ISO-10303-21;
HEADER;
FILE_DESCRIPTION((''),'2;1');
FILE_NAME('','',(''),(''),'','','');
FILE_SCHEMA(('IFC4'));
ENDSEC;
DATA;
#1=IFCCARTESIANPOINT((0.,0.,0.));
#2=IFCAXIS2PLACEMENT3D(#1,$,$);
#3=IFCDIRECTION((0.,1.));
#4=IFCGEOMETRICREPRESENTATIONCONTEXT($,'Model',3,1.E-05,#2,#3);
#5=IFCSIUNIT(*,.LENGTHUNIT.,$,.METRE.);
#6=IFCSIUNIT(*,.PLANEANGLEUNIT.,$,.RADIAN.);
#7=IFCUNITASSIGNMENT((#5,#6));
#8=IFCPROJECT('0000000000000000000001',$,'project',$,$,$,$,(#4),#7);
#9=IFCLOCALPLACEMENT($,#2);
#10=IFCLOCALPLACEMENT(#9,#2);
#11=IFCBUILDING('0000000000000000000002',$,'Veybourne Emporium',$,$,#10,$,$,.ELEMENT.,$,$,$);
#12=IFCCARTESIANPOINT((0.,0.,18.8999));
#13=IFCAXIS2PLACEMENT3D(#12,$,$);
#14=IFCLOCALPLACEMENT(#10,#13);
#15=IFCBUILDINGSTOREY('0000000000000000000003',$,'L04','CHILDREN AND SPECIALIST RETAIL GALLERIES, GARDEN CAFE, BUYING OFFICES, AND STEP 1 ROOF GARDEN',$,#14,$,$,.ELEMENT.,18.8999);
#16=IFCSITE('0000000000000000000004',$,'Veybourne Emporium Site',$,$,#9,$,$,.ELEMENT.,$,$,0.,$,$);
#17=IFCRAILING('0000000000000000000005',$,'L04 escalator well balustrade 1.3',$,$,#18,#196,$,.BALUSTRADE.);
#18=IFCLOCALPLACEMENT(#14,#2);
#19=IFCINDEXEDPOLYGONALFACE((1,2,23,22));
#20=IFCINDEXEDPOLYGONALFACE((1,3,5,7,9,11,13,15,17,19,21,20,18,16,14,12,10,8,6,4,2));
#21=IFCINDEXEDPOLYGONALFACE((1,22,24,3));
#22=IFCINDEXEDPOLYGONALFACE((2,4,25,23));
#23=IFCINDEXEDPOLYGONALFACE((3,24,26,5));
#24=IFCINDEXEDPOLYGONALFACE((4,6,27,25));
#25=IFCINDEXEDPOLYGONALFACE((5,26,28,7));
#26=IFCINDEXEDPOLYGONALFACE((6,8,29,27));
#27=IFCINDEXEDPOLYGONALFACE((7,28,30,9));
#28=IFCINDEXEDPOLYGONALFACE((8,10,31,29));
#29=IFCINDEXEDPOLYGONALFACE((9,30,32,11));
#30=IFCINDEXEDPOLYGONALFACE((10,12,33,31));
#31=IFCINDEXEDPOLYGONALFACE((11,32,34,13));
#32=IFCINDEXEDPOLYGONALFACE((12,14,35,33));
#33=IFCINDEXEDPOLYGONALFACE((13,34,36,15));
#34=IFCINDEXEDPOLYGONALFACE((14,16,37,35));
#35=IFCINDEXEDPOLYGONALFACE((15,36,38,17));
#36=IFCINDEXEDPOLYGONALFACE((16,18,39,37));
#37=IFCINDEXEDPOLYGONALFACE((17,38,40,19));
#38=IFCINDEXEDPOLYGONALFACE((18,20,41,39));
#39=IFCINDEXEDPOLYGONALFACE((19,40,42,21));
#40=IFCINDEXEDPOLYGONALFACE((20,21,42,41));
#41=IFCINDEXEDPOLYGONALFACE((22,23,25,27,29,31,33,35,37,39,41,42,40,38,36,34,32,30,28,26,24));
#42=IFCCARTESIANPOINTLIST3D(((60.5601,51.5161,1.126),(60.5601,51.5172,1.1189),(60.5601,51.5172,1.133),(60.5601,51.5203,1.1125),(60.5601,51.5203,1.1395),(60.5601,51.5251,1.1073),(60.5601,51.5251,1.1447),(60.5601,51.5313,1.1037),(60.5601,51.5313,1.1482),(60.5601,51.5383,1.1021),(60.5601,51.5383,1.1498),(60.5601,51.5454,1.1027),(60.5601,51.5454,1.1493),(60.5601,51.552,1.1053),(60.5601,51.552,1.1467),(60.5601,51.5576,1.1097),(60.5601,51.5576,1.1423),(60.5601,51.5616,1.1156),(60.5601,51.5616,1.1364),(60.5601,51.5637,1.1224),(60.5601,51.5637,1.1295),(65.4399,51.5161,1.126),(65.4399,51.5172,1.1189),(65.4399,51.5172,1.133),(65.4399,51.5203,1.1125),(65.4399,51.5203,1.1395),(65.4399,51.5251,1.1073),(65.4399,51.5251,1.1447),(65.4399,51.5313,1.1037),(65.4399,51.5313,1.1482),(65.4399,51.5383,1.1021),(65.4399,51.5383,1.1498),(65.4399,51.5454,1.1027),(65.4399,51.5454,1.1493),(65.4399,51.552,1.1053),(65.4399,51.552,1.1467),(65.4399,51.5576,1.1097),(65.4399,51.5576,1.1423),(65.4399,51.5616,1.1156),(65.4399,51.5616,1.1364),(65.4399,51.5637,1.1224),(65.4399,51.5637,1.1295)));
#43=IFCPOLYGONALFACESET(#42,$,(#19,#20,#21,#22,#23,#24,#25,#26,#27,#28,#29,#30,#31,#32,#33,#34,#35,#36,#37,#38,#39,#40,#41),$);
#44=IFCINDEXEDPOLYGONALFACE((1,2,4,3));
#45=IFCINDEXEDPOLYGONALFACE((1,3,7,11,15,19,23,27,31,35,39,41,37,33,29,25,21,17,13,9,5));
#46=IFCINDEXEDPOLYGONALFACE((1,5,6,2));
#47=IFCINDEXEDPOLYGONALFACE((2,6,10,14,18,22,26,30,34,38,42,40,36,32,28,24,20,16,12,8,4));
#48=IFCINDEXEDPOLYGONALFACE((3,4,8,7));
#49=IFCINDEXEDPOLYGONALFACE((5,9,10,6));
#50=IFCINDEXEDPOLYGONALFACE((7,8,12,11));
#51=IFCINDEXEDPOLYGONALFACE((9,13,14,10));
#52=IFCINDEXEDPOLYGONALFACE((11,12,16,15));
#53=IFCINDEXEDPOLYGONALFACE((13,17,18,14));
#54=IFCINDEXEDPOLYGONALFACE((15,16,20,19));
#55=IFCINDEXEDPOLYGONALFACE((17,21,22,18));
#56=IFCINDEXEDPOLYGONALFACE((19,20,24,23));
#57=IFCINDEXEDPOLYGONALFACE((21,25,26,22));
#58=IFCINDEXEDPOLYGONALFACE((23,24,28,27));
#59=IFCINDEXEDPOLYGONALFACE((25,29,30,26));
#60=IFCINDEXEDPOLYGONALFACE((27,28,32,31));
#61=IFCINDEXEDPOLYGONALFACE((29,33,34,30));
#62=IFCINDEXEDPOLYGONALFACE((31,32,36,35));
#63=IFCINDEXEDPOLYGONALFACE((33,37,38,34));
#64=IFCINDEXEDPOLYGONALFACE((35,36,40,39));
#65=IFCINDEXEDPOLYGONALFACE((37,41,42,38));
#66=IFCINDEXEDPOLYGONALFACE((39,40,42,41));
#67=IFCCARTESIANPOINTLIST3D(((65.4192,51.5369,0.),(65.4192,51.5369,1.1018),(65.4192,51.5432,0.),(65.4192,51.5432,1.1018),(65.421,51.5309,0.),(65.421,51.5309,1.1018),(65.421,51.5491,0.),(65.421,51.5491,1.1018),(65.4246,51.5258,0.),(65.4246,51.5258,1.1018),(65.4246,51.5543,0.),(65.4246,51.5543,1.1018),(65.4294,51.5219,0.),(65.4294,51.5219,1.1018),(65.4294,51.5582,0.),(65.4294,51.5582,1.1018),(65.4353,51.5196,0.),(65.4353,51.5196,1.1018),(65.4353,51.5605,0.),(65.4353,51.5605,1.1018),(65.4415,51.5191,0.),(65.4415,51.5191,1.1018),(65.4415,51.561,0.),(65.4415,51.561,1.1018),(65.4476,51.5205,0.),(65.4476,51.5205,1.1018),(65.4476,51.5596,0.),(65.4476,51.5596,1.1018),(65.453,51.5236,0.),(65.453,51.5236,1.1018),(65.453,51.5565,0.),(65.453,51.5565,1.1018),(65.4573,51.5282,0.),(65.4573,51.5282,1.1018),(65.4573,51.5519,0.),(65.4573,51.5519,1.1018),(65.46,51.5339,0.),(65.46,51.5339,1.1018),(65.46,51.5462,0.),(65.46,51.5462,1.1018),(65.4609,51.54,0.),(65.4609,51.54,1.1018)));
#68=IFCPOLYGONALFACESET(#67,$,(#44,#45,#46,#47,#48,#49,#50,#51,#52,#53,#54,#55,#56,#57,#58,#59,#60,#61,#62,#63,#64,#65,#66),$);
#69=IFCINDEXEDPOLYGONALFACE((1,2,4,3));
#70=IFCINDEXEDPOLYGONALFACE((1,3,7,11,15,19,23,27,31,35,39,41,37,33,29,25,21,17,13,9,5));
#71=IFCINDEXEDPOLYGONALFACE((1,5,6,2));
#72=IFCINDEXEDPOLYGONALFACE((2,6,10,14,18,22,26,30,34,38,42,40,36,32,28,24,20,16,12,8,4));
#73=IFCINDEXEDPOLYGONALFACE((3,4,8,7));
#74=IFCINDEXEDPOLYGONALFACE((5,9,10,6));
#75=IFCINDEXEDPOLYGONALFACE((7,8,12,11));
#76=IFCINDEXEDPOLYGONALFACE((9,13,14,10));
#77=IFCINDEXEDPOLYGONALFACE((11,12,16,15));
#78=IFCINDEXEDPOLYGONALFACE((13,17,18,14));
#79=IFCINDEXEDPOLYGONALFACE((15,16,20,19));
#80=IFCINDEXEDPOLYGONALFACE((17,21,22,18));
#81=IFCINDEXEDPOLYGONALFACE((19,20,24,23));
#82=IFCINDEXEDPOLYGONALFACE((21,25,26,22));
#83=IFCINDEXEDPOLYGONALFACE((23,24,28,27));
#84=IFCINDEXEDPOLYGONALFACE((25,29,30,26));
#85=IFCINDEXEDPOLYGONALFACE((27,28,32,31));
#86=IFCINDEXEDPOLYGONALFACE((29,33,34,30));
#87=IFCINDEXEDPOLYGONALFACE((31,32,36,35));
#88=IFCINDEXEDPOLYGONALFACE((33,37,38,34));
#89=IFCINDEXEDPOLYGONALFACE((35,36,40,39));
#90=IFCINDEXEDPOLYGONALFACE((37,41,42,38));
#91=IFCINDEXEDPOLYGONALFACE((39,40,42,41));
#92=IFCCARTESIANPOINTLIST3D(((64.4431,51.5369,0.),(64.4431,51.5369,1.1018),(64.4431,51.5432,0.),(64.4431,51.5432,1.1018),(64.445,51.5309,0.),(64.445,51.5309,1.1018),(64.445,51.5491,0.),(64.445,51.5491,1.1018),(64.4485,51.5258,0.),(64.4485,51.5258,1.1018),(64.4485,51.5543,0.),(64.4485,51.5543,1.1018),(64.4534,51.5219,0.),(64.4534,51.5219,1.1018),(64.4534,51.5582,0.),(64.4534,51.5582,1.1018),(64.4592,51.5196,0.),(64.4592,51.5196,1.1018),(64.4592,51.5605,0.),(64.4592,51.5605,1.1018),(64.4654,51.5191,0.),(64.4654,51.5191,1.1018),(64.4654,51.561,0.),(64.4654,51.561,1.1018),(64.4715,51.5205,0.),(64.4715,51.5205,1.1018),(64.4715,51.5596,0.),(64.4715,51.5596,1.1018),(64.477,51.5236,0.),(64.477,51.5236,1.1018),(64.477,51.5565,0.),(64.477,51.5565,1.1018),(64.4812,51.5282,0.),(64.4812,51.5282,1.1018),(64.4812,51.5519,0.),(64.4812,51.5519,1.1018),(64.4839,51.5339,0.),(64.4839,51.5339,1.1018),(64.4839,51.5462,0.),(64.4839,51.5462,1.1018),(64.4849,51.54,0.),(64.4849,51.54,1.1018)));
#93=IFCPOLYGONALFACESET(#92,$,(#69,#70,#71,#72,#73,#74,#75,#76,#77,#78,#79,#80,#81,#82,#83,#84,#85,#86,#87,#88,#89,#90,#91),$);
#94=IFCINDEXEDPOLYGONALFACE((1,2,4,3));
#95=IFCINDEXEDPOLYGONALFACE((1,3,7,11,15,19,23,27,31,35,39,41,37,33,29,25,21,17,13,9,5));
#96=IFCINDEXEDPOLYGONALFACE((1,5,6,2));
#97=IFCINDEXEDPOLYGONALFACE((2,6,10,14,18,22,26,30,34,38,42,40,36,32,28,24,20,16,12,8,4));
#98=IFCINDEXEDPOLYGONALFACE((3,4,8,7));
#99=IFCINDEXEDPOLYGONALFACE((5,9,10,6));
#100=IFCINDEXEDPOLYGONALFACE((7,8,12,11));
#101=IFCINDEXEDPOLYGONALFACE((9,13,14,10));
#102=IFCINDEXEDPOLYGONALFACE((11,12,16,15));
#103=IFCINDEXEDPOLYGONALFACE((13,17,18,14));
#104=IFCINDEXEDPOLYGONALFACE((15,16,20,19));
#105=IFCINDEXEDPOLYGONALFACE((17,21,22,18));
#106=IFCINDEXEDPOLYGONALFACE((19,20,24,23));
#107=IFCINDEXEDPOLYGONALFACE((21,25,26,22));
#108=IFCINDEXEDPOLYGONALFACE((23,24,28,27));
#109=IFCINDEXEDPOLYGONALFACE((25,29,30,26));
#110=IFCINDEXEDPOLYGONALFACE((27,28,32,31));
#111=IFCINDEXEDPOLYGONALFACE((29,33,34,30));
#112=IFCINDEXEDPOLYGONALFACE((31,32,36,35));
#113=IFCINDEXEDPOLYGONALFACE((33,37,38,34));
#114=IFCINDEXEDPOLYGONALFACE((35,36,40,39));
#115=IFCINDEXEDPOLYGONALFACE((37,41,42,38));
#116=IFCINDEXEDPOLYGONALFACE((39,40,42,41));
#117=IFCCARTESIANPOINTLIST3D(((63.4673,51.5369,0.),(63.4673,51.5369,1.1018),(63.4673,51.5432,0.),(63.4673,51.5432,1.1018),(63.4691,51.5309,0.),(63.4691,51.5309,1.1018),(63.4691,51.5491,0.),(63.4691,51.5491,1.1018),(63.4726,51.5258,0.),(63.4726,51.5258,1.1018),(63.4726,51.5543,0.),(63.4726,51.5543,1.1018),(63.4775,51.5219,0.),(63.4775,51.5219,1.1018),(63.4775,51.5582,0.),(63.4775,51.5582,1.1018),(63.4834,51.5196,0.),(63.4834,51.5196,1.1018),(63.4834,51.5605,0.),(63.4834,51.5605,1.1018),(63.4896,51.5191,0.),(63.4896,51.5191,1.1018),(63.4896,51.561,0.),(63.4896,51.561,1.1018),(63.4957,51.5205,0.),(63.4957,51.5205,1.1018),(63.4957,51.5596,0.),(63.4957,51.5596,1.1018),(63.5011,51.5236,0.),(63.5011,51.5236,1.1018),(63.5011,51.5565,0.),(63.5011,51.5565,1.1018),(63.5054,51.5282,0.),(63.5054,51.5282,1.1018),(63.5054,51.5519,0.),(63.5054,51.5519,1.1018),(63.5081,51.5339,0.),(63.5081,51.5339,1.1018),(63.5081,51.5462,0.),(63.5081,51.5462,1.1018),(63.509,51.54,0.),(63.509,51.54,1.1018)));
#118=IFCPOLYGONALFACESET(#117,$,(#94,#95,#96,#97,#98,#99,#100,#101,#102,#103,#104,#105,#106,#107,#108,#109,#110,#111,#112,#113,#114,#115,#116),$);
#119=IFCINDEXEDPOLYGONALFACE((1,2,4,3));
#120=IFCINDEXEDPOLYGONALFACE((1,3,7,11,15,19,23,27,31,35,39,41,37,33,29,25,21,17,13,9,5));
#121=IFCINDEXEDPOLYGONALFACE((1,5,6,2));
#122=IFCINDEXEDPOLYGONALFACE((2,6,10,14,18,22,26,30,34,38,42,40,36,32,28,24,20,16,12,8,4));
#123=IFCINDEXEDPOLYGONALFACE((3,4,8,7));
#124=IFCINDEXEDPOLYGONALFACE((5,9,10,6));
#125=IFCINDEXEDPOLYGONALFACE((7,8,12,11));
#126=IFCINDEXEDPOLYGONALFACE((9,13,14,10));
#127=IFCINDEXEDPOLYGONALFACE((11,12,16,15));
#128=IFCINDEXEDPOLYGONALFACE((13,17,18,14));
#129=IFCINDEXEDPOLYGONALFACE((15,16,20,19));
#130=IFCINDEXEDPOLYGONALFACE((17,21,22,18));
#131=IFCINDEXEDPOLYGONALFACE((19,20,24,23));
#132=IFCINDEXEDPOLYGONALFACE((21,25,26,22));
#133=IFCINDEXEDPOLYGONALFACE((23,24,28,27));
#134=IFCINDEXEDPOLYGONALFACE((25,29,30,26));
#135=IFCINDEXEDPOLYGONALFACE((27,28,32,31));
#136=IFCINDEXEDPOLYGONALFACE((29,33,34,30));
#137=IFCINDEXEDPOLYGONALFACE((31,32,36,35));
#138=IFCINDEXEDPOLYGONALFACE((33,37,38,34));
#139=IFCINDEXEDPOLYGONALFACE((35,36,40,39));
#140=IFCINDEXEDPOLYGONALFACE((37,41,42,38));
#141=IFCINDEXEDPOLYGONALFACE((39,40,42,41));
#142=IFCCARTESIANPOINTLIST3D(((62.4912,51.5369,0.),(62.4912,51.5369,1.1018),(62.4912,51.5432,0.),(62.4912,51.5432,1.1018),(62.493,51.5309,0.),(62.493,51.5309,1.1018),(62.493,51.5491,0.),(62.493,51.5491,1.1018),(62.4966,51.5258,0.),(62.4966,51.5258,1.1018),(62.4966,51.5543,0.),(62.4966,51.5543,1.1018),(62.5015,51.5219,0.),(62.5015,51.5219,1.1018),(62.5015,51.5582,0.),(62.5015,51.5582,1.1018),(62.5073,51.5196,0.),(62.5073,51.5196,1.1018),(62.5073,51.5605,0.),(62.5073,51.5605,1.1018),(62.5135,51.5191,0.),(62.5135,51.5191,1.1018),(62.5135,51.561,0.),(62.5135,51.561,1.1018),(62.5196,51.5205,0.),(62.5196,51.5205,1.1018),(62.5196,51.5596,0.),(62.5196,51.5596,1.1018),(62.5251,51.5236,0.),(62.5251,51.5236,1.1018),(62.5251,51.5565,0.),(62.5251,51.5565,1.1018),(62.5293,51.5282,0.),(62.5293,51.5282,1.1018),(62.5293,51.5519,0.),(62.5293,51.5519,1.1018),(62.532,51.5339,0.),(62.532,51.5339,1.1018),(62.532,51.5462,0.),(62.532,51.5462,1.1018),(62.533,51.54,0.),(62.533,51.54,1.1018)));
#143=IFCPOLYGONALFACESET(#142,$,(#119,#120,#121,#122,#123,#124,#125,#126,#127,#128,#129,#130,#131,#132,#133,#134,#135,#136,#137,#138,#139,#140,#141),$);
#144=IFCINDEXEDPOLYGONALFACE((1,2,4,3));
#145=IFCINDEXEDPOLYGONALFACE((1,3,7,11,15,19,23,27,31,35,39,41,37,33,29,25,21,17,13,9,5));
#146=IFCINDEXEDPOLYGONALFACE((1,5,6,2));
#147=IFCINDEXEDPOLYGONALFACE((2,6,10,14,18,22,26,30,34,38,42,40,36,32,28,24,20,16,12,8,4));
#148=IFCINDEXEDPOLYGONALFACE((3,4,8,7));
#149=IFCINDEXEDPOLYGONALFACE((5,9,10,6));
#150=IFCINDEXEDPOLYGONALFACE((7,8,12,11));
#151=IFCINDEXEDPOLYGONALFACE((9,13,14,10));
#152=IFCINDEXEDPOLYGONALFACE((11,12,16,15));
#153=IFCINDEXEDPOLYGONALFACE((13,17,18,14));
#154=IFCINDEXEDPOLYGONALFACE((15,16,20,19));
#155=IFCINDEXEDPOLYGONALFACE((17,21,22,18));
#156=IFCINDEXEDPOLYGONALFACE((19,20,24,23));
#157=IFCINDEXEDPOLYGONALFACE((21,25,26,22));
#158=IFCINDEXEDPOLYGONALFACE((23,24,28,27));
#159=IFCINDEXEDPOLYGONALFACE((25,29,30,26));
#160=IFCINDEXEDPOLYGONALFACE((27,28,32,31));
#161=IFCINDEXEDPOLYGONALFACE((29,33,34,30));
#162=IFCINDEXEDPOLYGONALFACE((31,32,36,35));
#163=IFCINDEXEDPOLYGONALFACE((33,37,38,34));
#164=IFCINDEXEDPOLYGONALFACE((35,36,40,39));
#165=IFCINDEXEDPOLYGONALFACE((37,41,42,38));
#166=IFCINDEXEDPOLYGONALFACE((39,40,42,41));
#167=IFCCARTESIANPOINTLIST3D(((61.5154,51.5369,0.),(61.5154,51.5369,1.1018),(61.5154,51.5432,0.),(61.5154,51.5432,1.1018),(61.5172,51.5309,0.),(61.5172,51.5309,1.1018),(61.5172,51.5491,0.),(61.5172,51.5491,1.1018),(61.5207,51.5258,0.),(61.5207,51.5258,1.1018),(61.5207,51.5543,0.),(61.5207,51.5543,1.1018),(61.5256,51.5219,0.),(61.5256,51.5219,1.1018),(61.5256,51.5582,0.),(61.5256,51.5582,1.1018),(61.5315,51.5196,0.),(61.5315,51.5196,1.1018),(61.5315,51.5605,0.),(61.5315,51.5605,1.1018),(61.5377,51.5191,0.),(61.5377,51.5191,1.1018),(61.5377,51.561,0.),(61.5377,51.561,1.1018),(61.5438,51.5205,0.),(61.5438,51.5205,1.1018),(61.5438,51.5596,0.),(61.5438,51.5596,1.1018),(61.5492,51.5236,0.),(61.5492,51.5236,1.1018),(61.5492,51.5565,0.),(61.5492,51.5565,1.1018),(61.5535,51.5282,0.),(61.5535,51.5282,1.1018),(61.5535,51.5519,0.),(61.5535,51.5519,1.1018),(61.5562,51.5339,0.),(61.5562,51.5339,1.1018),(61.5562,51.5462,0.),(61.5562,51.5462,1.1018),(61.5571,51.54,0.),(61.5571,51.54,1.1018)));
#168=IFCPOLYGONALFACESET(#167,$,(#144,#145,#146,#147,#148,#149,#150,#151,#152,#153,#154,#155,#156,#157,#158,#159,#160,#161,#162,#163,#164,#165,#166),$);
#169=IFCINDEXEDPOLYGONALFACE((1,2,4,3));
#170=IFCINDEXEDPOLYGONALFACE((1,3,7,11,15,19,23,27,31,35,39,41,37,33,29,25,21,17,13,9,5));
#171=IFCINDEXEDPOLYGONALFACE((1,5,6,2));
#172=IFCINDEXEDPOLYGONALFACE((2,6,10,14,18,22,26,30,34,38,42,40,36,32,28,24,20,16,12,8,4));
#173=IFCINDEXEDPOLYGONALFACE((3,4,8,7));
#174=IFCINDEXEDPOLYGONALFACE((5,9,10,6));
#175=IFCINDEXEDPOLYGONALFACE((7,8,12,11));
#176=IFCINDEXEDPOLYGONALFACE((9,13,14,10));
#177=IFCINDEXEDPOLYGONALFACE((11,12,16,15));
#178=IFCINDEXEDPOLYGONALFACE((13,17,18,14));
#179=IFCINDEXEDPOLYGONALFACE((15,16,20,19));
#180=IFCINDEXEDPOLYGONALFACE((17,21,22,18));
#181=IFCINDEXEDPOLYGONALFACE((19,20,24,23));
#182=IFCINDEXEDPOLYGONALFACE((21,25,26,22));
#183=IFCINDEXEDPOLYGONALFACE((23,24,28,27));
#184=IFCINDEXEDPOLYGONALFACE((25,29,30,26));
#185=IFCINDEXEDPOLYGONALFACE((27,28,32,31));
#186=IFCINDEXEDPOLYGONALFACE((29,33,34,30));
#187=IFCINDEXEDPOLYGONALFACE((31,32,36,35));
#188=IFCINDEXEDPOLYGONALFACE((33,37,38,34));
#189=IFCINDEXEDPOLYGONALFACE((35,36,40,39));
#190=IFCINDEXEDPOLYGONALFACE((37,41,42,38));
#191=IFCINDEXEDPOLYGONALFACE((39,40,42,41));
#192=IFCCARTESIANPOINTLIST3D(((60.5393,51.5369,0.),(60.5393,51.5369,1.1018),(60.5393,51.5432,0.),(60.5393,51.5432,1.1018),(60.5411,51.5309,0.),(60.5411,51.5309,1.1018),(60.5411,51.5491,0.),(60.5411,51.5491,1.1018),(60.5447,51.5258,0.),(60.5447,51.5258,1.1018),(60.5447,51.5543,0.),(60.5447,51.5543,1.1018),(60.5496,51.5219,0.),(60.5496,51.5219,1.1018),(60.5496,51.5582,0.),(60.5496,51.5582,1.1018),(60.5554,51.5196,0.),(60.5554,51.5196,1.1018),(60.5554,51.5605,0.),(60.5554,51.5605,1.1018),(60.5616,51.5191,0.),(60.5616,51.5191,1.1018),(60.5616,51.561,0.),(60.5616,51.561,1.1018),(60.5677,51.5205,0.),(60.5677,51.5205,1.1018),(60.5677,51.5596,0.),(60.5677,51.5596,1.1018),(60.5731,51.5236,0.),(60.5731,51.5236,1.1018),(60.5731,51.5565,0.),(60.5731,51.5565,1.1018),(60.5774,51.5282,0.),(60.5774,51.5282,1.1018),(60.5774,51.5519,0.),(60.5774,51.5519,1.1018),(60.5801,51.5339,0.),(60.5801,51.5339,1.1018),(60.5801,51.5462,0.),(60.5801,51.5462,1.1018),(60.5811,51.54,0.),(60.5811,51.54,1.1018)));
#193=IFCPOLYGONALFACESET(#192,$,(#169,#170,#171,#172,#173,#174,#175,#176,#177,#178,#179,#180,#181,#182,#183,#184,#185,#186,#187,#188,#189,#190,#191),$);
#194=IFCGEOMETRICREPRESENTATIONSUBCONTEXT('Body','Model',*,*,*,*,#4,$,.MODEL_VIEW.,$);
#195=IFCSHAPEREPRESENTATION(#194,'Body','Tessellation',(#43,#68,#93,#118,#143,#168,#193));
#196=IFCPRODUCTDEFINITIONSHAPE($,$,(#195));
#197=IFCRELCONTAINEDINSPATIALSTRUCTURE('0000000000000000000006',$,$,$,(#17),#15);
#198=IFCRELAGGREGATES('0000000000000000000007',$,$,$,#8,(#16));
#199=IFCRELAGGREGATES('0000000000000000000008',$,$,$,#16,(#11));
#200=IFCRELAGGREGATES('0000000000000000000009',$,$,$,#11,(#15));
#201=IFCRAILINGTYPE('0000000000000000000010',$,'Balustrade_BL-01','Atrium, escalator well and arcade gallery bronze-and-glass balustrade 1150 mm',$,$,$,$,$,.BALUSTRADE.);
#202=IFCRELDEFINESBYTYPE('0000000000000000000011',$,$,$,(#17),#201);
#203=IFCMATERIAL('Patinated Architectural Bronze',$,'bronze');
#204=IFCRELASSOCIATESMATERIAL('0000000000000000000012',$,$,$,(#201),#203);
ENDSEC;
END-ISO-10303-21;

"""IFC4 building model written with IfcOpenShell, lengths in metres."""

from ifc_helpers import new_model, si_unit, direction, frame, origin, origin_2d, place, context, subcontext, project, spatial, circle, extrude, material, type_object, element, save


model = new_model("IFC4")

# Units and contexts
model_context = context("Model", 3, precision=1e-05, world=origin(), true_north=direction((0.0, 1.0)))
body_context = subcontext(model_context, "Body", "Model", "MODEL_VIEW")
ifc_project = project(units=[si_unit("LENGTHUNIT", "METRE"), si_unit("PLANEANGLEUNIT", "RADIAN")], contexts=[model_context])

# Site, building, storey
site_placement = place(None, origin())
site = spatial("IfcSite", under=ifc_project, at=site_placement, Name="Veybourne Emporium Site", CompositionType="ELEMENT", RefElevation=0.0)
building_placement = place(site_placement, origin())
building = spatial("IfcBuilding", under=site, at=building_placement, Name="Veybourne Emporium", CompositionType="ELEMENT")
storey_placement = place(building_placement, frame((0.0, 0.0, 18.8999)))
storey = spatial("IfcBuildingStorey", under=building, at=storey_placement, Name="L04", Description="CHILDREN AND SPECIALIST RETAIL GALLERIES, GARDEN CAFE, BUYING OFFICES, AND STEP 1 ROOF GARDEN", CompositionType="ELEMENT", Elevation=18.8999)

# Shared definitions
ifc_material_1 = material(Name="Patinated Architectural Bronze", Category="bronze")

# Railing
railing_type = type_object("IfcRailingType", Name="Balustrade_BL-01", Description="Atrium, escalator well and arcade gallery bronze-and-glass balustrade 1150 mm", PredefinedType="BALUSTRADE", material=ifc_material_1)
railing_1_placement = place(storey_placement, frame((65.4399, 51.54, 0.0)))
element("IfcRailing", 1, at=railing_1_placement, inside=storey, type_object=railing_type, Name="L04 escalator well balustrade 1.3", PredefinedType="BALUSTRADE", context=body_context, shape_type="SweptSolid", body=[
    extrude(circle(Radius=0.0239, at=origin_2d()), frame((0.0, 0.0, 1.126), z_axis=(-1.0, 0.0, 0.0), x_axis=(0.0, -1.0, 0.0)), (0.0, 0.0, 1.0), 4.8799),
    extrude(circle(Radius=0.021, at=origin_2d()), origin(), (0.0, 0.0, 1.0), 1.1018),
    extrude(circle(Radius=0.021, at=origin_2d()), frame((-0.9761, 0.0, 0.0)), (0.0, 0.0, 1.0), 1.1018),
    extrude(circle(Radius=0.021, at=origin_2d()), frame((-1.9519, 0.0, 0.0)), (0.0, 0.0, 1.0), 1.1018),
    extrude(circle(Radius=0.021, at=origin_2d()), frame((-2.928, 0.0, 0.0)), (0.0, 0.0, 1.0), 1.1018),
    extrude(circle(Radius=0.021, at=origin_2d()), frame((-3.9038, 0.0, 0.0)), (0.0, 0.0, 1.0), 1.1018),
    extrude(circle(Radius=0.021, at=origin_2d()), frame((-4.8799, 0.0, 0.0)), (0.0, 0.0, 1.0), 1.1018),
])

save(model, "model.ifc")
